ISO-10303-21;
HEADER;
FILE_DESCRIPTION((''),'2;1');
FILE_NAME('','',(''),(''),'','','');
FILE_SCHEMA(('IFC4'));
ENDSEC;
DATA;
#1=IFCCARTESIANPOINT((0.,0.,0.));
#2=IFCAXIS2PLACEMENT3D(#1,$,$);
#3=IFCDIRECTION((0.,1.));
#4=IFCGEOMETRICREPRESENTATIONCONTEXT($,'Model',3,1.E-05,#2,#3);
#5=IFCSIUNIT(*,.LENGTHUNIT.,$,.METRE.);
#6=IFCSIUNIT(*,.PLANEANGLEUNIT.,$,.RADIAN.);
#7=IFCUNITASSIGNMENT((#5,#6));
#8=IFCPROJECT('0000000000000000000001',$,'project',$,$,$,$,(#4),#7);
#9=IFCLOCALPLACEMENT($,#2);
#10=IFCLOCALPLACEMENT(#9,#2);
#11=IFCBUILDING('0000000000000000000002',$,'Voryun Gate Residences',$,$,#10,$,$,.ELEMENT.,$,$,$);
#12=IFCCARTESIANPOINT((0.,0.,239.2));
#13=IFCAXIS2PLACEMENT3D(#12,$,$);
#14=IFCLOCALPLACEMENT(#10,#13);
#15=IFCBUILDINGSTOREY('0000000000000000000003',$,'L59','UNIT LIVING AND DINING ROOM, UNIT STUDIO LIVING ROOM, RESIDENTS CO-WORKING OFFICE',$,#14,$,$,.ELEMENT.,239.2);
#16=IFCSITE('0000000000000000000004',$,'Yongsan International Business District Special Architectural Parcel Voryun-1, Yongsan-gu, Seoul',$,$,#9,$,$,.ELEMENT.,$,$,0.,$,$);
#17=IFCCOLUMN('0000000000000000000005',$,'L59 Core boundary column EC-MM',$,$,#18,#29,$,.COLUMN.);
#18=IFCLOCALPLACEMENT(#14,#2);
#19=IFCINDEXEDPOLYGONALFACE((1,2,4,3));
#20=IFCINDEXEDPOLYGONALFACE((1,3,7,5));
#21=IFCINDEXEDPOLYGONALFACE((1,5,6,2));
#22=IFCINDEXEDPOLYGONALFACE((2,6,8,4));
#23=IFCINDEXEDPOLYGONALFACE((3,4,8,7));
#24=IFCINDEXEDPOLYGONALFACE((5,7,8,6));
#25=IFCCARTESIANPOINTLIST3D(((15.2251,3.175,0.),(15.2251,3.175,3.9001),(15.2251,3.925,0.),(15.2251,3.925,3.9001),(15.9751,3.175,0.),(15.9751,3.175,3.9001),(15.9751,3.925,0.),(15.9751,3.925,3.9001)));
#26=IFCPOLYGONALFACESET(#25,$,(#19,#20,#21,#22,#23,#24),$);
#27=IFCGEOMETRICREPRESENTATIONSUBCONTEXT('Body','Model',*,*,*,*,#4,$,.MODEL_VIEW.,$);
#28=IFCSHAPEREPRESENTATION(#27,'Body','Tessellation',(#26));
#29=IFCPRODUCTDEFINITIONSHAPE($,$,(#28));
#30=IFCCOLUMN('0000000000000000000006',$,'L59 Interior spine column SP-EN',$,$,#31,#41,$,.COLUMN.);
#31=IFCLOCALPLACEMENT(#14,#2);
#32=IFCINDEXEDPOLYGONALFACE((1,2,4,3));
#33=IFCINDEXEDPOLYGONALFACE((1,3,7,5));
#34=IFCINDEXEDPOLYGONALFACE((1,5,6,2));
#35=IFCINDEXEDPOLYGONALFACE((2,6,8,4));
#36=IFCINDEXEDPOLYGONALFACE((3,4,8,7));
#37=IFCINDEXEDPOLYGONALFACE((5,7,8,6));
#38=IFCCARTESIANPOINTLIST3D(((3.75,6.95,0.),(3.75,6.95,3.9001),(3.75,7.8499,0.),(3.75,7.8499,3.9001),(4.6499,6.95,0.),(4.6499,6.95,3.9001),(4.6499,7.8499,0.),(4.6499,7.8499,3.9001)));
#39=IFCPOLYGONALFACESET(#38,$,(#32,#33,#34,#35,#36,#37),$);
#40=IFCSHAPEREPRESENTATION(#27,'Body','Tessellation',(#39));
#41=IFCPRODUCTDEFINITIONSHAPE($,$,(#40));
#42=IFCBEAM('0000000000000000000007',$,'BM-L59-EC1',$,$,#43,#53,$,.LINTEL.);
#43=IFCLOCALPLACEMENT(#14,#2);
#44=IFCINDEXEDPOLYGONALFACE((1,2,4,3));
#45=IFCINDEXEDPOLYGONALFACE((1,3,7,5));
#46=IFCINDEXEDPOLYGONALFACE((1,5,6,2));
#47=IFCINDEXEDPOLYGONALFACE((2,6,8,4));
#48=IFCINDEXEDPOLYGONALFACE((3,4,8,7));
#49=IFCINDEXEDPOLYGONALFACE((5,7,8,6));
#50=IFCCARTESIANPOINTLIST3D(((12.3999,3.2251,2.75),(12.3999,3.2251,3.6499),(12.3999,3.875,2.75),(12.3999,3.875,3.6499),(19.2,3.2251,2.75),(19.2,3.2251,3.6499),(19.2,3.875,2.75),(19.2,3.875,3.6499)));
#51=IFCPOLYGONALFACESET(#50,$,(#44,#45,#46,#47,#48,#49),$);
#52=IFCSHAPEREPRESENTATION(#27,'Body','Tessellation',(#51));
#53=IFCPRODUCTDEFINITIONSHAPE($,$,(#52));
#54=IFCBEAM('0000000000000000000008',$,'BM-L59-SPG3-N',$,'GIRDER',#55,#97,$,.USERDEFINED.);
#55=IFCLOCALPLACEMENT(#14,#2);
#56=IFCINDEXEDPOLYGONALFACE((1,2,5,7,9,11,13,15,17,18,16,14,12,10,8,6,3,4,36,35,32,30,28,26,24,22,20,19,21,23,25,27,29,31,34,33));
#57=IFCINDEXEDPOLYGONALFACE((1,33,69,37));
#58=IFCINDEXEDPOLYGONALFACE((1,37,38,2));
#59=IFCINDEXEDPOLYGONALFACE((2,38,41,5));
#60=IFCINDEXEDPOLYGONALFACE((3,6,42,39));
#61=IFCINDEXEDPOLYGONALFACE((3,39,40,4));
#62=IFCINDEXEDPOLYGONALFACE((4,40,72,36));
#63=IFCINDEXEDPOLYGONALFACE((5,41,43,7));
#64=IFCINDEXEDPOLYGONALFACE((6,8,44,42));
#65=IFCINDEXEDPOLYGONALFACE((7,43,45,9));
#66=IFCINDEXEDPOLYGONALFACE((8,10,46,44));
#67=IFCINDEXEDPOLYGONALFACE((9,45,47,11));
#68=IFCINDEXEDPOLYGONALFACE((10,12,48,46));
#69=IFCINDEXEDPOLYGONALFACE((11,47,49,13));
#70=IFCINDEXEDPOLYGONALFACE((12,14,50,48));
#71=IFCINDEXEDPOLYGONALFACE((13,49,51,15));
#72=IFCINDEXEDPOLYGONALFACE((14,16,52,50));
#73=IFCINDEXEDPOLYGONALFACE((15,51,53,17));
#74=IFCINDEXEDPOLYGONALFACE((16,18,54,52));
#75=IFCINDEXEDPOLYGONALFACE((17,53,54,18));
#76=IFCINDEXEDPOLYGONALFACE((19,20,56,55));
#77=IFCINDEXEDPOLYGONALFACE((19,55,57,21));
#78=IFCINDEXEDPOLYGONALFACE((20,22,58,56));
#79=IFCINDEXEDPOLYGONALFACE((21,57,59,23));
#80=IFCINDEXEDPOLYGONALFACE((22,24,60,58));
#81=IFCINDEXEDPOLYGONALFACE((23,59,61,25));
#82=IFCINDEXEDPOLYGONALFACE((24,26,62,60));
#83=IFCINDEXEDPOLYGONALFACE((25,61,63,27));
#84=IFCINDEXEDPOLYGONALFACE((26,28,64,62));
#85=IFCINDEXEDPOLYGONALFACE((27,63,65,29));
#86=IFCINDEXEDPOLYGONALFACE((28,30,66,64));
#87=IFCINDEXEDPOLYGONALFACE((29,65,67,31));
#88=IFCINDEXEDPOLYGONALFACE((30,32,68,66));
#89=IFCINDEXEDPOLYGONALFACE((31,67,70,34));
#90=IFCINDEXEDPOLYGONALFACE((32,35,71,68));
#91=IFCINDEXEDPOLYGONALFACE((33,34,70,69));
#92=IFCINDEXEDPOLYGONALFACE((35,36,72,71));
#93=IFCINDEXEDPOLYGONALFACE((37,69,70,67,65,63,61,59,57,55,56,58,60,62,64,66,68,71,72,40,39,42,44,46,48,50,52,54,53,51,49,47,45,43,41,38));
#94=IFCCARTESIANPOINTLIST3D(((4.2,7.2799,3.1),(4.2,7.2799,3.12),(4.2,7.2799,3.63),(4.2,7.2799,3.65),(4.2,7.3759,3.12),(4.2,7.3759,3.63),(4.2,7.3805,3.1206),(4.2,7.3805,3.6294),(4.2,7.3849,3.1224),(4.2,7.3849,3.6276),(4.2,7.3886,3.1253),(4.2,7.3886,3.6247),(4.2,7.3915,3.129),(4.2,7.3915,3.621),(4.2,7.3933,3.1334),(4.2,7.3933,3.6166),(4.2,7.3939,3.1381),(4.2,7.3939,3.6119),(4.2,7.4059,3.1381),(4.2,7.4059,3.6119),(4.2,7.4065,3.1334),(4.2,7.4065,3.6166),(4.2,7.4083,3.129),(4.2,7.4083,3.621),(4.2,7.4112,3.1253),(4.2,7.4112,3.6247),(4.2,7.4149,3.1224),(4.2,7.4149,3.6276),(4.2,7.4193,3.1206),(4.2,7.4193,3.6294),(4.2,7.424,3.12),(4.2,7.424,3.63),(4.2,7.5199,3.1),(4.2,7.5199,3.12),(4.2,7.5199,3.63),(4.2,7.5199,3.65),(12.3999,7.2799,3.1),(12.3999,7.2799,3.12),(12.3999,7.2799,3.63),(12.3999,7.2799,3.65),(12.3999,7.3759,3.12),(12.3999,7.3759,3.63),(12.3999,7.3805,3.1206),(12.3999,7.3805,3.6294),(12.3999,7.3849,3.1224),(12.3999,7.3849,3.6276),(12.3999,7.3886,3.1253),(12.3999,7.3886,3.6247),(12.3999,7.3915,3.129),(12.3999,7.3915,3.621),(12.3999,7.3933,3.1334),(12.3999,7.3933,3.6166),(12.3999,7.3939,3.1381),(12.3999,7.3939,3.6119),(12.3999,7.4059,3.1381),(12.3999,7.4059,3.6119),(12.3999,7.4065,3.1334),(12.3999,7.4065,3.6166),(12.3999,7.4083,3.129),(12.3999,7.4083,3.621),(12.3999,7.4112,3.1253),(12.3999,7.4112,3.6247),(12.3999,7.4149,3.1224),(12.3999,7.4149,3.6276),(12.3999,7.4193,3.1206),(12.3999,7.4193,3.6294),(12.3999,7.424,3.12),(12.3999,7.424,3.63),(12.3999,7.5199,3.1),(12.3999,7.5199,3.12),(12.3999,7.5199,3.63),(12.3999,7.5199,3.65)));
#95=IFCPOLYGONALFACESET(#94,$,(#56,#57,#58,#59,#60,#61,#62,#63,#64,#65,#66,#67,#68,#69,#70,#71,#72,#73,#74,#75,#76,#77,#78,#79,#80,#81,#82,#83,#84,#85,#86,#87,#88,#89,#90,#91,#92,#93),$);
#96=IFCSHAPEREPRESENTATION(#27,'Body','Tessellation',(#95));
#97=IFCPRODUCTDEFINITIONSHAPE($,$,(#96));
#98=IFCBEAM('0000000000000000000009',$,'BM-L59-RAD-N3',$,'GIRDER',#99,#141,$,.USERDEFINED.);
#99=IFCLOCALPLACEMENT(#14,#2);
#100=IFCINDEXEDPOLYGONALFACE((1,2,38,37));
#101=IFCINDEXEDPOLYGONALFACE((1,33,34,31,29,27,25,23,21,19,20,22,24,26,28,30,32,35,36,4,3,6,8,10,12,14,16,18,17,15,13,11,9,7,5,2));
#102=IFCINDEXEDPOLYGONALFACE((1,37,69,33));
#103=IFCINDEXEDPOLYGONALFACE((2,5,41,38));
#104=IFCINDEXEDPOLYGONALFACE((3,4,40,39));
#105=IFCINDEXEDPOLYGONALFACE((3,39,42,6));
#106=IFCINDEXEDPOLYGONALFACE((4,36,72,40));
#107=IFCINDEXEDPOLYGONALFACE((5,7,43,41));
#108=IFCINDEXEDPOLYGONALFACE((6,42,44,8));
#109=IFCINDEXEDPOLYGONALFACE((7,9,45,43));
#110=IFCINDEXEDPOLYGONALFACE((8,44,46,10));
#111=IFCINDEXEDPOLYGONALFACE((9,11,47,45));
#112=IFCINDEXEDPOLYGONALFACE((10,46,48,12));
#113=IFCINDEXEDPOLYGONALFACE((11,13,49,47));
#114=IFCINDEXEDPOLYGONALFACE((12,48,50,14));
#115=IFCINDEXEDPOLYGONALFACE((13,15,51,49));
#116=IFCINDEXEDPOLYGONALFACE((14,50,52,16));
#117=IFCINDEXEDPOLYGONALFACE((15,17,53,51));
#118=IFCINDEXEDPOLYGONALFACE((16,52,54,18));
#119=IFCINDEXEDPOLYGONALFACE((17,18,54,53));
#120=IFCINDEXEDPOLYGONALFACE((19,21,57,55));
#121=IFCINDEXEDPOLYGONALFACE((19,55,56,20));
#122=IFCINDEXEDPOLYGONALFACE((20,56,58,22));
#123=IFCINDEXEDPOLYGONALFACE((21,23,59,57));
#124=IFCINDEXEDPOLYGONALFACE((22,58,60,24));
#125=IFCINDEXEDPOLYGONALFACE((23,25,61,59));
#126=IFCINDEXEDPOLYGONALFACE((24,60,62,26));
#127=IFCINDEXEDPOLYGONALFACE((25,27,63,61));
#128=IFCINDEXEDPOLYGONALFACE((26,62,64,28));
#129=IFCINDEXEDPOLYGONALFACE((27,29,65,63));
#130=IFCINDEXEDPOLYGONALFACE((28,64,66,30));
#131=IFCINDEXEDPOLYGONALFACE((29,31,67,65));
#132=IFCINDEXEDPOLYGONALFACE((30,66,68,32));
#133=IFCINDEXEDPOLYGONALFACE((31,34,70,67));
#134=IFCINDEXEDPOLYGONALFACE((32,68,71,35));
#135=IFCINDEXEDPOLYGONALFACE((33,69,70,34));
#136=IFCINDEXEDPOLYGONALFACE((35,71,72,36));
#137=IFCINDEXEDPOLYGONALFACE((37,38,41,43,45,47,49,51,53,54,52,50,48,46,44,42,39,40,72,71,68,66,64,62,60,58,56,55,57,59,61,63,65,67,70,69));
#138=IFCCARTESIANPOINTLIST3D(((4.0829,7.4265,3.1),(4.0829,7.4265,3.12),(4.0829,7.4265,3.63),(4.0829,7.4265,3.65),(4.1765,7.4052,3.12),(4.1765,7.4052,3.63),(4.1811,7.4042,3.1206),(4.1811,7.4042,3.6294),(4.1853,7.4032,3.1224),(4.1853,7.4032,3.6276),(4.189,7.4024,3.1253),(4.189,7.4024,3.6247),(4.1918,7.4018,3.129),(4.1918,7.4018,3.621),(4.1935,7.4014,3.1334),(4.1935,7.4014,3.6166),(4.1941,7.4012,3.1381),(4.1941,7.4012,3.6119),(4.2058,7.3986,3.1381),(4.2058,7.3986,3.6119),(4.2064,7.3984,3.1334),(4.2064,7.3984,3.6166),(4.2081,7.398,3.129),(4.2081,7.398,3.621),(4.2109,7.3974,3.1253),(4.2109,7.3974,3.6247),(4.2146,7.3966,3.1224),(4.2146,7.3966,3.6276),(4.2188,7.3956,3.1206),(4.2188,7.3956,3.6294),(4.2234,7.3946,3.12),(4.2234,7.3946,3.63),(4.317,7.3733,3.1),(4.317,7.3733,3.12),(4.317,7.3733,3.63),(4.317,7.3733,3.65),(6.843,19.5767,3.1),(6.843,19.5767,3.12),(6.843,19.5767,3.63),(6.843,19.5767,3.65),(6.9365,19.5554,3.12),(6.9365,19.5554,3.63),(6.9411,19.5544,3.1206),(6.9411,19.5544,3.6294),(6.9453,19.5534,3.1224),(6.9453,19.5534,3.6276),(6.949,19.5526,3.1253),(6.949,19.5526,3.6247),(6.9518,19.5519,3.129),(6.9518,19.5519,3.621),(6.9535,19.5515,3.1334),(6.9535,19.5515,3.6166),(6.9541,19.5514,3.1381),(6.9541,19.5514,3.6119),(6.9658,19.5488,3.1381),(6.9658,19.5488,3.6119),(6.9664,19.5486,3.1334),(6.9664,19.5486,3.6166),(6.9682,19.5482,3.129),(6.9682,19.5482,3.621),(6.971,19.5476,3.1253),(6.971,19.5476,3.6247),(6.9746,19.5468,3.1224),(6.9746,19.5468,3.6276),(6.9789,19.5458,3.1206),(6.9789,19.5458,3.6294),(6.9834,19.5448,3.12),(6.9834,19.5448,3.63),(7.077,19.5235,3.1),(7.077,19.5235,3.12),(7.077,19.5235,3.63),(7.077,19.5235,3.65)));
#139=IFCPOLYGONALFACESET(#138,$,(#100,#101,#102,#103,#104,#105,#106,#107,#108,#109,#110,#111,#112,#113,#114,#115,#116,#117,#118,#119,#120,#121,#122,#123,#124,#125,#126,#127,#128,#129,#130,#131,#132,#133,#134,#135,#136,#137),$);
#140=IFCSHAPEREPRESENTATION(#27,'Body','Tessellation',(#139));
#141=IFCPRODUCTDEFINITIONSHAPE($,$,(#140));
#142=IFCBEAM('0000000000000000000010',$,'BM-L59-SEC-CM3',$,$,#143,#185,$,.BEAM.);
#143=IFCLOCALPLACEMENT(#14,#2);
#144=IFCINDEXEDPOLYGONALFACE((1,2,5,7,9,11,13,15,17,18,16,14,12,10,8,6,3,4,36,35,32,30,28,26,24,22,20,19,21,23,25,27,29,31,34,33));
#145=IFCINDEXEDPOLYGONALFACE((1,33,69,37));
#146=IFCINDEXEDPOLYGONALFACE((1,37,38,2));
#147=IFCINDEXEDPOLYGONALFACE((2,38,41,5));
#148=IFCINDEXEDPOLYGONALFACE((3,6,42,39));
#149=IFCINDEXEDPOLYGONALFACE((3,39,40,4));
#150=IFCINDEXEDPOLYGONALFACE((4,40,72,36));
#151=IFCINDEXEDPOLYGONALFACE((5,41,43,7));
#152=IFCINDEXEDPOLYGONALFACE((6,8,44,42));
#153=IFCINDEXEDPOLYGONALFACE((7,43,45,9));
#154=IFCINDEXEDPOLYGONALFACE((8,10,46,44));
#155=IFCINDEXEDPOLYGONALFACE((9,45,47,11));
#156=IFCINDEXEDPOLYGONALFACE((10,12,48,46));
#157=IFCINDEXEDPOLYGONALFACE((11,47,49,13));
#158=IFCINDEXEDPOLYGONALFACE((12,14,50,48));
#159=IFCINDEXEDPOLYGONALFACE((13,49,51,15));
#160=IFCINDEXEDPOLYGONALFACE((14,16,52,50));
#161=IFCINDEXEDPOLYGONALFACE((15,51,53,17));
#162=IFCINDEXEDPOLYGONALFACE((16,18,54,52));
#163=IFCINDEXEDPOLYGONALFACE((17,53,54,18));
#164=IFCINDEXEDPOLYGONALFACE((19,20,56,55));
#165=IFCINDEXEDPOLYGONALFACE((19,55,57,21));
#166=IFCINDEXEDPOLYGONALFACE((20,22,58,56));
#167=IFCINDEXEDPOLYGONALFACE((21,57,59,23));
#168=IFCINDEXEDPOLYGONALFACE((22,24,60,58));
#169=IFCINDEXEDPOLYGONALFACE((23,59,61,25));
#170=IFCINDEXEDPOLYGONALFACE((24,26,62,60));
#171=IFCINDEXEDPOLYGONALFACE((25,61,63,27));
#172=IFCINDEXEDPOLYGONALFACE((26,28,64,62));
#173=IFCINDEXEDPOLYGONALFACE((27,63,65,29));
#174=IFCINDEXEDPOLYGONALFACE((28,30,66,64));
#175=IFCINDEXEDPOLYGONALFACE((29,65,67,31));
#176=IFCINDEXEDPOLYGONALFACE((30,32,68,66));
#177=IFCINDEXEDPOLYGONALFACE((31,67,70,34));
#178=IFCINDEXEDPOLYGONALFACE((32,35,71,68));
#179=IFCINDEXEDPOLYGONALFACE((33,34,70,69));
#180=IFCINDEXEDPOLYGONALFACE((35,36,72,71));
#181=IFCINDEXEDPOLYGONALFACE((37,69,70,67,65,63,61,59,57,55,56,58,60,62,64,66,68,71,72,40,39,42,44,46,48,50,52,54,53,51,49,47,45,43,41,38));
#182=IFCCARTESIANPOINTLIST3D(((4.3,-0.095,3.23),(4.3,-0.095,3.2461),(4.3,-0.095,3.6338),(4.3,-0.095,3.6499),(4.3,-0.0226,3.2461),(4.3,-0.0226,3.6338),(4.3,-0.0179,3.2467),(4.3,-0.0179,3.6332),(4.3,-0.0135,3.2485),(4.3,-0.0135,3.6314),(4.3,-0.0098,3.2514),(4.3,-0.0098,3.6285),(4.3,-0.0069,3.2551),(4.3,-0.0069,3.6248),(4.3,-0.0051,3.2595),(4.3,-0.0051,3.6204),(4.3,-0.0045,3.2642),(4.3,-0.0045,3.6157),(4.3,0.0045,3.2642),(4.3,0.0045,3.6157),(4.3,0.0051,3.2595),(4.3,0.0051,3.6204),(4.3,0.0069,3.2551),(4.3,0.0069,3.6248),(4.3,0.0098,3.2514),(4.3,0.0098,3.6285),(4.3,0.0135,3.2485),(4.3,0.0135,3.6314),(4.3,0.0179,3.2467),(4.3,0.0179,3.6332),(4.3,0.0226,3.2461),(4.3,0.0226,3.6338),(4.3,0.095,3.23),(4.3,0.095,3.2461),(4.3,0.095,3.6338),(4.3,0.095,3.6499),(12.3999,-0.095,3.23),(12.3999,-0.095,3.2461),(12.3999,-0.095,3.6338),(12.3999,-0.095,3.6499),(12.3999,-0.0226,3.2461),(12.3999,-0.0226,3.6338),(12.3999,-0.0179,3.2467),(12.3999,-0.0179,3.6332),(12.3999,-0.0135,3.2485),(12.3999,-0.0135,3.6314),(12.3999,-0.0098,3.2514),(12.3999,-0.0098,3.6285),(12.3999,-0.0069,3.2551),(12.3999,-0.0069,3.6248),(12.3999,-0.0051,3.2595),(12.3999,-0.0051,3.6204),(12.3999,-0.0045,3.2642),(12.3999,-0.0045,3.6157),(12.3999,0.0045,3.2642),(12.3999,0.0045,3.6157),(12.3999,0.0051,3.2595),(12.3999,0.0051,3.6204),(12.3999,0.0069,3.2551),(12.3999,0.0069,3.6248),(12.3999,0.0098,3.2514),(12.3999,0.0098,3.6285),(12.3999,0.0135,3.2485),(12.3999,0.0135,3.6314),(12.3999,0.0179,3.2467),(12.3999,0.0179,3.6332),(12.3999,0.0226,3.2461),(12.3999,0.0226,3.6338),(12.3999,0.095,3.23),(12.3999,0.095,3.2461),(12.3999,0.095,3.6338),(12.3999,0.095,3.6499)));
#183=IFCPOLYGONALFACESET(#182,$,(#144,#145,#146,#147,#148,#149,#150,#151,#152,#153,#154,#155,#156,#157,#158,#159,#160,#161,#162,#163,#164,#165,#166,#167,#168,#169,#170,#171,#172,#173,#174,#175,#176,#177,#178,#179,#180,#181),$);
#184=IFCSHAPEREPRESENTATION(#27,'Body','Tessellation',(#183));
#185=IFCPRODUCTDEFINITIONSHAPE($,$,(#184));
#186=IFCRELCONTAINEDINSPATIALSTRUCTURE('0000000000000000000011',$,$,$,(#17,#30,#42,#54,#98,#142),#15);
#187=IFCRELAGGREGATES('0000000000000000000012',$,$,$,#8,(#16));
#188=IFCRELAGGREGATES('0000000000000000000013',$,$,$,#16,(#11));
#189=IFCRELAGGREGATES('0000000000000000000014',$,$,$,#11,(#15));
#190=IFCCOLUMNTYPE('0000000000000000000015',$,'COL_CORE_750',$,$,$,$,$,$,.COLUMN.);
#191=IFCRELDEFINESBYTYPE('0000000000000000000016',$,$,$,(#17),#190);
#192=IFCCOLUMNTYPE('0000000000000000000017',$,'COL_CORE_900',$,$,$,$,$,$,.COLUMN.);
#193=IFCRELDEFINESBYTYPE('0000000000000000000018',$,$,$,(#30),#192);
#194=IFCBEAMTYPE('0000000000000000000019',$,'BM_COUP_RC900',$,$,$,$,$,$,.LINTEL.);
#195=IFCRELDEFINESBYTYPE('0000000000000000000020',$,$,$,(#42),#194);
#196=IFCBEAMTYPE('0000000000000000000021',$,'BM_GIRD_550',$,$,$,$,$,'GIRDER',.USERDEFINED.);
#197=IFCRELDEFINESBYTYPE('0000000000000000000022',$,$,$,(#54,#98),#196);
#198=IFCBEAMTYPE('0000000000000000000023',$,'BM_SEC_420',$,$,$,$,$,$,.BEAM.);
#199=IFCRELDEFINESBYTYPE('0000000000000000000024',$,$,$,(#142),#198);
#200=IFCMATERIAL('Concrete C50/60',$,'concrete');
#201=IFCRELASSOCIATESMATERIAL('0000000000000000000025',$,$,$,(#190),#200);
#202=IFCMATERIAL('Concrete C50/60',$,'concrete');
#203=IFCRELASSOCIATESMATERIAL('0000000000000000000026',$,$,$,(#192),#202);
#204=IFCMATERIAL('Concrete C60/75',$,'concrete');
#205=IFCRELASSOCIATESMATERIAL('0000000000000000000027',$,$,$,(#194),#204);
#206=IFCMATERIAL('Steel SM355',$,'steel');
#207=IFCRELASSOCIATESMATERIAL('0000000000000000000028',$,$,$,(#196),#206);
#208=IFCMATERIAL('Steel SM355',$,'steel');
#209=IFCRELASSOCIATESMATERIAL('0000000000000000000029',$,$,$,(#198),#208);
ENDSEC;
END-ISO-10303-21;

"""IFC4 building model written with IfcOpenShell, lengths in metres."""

from ifc_helpers import new_model, si_unit, direction, frame, origin, origin_2d, place, context, subcontext, project, spatial, rectangle, i_section, extrude, material, material_profile, profile_set, type_object, element, save


model = new_model("IFC4")

# Units and contexts
model_context = context("Model", 3, precision=1e-05, world=origin(), true_north=direction((0.0, 1.0)))
body_context = subcontext(model_context, "Body", "Model", "MODEL_VIEW")
ifc_project = project(units=[si_unit("LENGTHUNIT", "METRE"), si_unit("PLANEANGLEUNIT", "RADIAN")], contexts=[model_context])

# Site, building, storey
site_placement = place(None, origin())
site = spatial("IfcSite", under=ifc_project, at=site_placement, Name="Yongsan International Business District Special Architectural Parcel Voryun-1, Yongsan-gu, Seoul", CompositionType="ELEMENT", RefElevation=0.0)
building_placement = place(site_placement, origin())
building = spatial("IfcBuilding", under=site, at=building_placement, Name="Voryun Gate Residences", CompositionType="ELEMENT")
storey_placement = place(building_placement, frame((0.0, 0.0, 239.2)))
storey = spatial("IfcBuildingStorey", under=building, at=storey_placement, Name="L59", Description="UNIT LIVING AND DINING ROOM, UNIT STUDIO LIVING ROOM, RESIDENTS CO-WORKING OFFICE", CompositionType="ELEMENT", Elevation=239.2)

# Columns
ifc_material_1 = material(Name="Concrete C50/60", Category="concrete")
ifc_material_profile_1 = material_profile(ifc_material_1, rectangle(XDim=0.75, YDim=0.75, at=origin_2d()), Name="RC-750x750")
ifc_profile_set_1 = profile_set([ifc_material_profile_1], Name="Concrete C50/60")
column_type_1 = type_object("IfcColumnType", Name="COL_CORE_750", PredefinedType="COLUMN", material=ifc_profile_set_1)
column_1_placement = place(storey_placement, frame((15.6001, 3.55, 0.0), z_axis=(0.0, 0.0, 1.0), x_axis=(1.0, 0.0, 0.0)))
element("IfcColumn", 1, at=column_1_placement, inside=storey, type_object=column_type_1, Name="L59 Core boundary column EC-MM", PredefinedType="COLUMN", context=body_context, shape_type="SweptSolid", body=[
    extrude(rectangle(XDim=0.75, YDim=0.75, at=origin_2d()), origin(), (0.0, 0.0, 1.0), 3.9001),
])
ifc_material_2 = material(Name="Concrete C50/60", Category="concrete")
ifc_material_profile_2 = material_profile(ifc_material_2, rectangle(XDim=0.8999, YDim=0.8999, at=origin_2d()), Name="RC-900x900")
ifc_profile_set_2 = profile_set([ifc_material_profile_2], Name="Concrete C50/60")
column_type_2 = type_object("IfcColumnType", Name="COL_CORE_900", PredefinedType="COLUMN", material=ifc_profile_set_2)
column_2_placement = place(storey_placement, frame((4.2, 7.3999, 0.0), z_axis=(0.0, 0.0, 1.0), x_axis=(1.0, 0.0, 0.0)))
element("IfcColumn", 2, at=column_2_placement, inside=storey, type_object=column_type_2, Name="L59 Interior spine column SP-EN", PredefinedType="COLUMN", context=body_context, shape_type="SweptSolid", body=[
    extrude(rectangle(XDim=0.8999, YDim=0.8999, at=origin_2d()), origin(), (0.0, 0.0, 1.0), 3.9001),
])

# Beams
ifc_material_3 = material(Name="Concrete C60/75", Category="concrete")
ifc_material_profile_3 = material_profile(ifc_material_3, rectangle(XDim=0.6499, YDim=0.8999, at=origin_2d()), Name="RC-650x900")
ifc_profile_set_3 = profile_set([ifc_material_profile_3], Name="Concrete C60/75")
beam_type_1 = type_object("IfcBeamType", Name="BM_COUP_RC900", PredefinedType="LINTEL", material=ifc_profile_set_3)
beam_1_placement = place(storey_placement, frame((12.3999, 3.55, 3.2), z_axis=(1.0, 0.0, 0.0), x_axis=(0.0, 1.0, 0.0)))
element("IfcBeam", 3, at=beam_1_placement, inside=storey, type_object=beam_type_1, Name="BM-L59-EC1", PredefinedType="LINTEL", context=body_context, shape_type="SweptSolid", body=[
    extrude(rectangle(XDim=0.6499, YDim=0.8999, at=origin_2d()), origin(), (0.0, 0.0, 1.0), 6.8),
])
ifc_material_4 = material(Name="Steel SM355", Category="steel")
ifc_material_profile_4 = material_profile(ifc_material_4, i_section(OverallWidth=0.24, OverallDepth=0.55, WebThickness=0.012, FlangeThickness=0.02, FilletRadius=0.0181, at=origin_2d()), Name="H-550x240x12x20")
ifc_profile_set_4 = profile_set([ifc_material_profile_4], Name="Steel SM355")
beam_type_2 = type_object("IfcBeamType", Name="BM_GIRD_550", ElementType="GIRDER", PredefinedType="USERDEFINED", material=ifc_profile_set_4)
beam_2_placement = place(storey_placement, frame((4.2, 7.3999, 3.375), z_axis=(1.0, 0.0, 0.0), x_axis=(0.0, 1.0, 0.0)))
element("IfcBeam", 4, at=beam_2_placement, inside=storey, type_object=beam_type_2, Name="BM-L59-SPG3-N", ObjectType="GIRDER", PredefinedType="USERDEFINED", context=body_context, shape_type="SweptSolid", body=[
    extrude(i_section(OverallWidth=0.24, OverallDepth=0.55, WebThickness=0.012, FlangeThickness=0.02, FilletRadius=0.0181, at=origin_2d()), origin(), (0.0, 0.0, 1.0), 8.2),
])
beam_3_placement = place(storey_placement, frame((4.2, 7.3999, 3.375), z_axis=(0.221515, 0.975157, 0.0), x_axis=(-0.975157, 0.221515, 0.0)))
element("IfcBeam", 5, at=beam_3_placement, inside=storey, type_object=beam_type_2, Name="BM-L59-RAD-N3", ObjectType="GIRDER", PredefinedType="USERDEFINED", context=body_context, shape_type="SweptSolid", body=[
    extrude(i_section(OverallWidth=0.24, OverallDepth=0.55, WebThickness=0.012, FlangeThickness=0.02, FilletRadius=0.0181, at=origin_2d()), origin(), (0.0, 0.0, 1.0), 12.4597),
])
ifc_material_5 = material(Name="Steel SM355", Category="steel")
ifc_material_profile_5 = material_profile(ifc_material_5, i_section(OverallWidth=0.1899, OverallDepth=0.4199, WebThickness=0.009, FlangeThickness=0.0161, FilletRadius=0.0181, at=origin_2d()), Name="H-420x190x9x16")
ifc_profile_set_5 = profile_set([ifc_material_profile_5], Name="Steel SM355")
beam_type_3 = type_object("IfcBeamType", Name="BM_SEC_420", PredefinedType="BEAM", material=ifc_profile_set_5)
for number, where, z_axis, x_axis, name in (
    (6, (4.3, 0.0, 3.4399), (1.0, 0.0, 0.0), (0.0, 1.0, 0.0), "BM-L59-SEC-CM3"),
):
    element("IfcBeam", number, at=place(storey_placement, frame(where, z_axis=z_axis, x_axis=x_axis)), inside=storey, type_object=beam_type_3, Name=name, PredefinedType="BEAM", context=body_context, shape_type="SweptSolid", body=[
        extrude(i_section(OverallWidth=0.1899, OverallDepth=0.4199, WebThickness=0.009, FlangeThickness=0.0161, FilletRadius=0.0181, at=origin_2d()), origin(), (0.0, 0.0, 1.0), 8.0999),
    ])

save(model, "model.ifc")
